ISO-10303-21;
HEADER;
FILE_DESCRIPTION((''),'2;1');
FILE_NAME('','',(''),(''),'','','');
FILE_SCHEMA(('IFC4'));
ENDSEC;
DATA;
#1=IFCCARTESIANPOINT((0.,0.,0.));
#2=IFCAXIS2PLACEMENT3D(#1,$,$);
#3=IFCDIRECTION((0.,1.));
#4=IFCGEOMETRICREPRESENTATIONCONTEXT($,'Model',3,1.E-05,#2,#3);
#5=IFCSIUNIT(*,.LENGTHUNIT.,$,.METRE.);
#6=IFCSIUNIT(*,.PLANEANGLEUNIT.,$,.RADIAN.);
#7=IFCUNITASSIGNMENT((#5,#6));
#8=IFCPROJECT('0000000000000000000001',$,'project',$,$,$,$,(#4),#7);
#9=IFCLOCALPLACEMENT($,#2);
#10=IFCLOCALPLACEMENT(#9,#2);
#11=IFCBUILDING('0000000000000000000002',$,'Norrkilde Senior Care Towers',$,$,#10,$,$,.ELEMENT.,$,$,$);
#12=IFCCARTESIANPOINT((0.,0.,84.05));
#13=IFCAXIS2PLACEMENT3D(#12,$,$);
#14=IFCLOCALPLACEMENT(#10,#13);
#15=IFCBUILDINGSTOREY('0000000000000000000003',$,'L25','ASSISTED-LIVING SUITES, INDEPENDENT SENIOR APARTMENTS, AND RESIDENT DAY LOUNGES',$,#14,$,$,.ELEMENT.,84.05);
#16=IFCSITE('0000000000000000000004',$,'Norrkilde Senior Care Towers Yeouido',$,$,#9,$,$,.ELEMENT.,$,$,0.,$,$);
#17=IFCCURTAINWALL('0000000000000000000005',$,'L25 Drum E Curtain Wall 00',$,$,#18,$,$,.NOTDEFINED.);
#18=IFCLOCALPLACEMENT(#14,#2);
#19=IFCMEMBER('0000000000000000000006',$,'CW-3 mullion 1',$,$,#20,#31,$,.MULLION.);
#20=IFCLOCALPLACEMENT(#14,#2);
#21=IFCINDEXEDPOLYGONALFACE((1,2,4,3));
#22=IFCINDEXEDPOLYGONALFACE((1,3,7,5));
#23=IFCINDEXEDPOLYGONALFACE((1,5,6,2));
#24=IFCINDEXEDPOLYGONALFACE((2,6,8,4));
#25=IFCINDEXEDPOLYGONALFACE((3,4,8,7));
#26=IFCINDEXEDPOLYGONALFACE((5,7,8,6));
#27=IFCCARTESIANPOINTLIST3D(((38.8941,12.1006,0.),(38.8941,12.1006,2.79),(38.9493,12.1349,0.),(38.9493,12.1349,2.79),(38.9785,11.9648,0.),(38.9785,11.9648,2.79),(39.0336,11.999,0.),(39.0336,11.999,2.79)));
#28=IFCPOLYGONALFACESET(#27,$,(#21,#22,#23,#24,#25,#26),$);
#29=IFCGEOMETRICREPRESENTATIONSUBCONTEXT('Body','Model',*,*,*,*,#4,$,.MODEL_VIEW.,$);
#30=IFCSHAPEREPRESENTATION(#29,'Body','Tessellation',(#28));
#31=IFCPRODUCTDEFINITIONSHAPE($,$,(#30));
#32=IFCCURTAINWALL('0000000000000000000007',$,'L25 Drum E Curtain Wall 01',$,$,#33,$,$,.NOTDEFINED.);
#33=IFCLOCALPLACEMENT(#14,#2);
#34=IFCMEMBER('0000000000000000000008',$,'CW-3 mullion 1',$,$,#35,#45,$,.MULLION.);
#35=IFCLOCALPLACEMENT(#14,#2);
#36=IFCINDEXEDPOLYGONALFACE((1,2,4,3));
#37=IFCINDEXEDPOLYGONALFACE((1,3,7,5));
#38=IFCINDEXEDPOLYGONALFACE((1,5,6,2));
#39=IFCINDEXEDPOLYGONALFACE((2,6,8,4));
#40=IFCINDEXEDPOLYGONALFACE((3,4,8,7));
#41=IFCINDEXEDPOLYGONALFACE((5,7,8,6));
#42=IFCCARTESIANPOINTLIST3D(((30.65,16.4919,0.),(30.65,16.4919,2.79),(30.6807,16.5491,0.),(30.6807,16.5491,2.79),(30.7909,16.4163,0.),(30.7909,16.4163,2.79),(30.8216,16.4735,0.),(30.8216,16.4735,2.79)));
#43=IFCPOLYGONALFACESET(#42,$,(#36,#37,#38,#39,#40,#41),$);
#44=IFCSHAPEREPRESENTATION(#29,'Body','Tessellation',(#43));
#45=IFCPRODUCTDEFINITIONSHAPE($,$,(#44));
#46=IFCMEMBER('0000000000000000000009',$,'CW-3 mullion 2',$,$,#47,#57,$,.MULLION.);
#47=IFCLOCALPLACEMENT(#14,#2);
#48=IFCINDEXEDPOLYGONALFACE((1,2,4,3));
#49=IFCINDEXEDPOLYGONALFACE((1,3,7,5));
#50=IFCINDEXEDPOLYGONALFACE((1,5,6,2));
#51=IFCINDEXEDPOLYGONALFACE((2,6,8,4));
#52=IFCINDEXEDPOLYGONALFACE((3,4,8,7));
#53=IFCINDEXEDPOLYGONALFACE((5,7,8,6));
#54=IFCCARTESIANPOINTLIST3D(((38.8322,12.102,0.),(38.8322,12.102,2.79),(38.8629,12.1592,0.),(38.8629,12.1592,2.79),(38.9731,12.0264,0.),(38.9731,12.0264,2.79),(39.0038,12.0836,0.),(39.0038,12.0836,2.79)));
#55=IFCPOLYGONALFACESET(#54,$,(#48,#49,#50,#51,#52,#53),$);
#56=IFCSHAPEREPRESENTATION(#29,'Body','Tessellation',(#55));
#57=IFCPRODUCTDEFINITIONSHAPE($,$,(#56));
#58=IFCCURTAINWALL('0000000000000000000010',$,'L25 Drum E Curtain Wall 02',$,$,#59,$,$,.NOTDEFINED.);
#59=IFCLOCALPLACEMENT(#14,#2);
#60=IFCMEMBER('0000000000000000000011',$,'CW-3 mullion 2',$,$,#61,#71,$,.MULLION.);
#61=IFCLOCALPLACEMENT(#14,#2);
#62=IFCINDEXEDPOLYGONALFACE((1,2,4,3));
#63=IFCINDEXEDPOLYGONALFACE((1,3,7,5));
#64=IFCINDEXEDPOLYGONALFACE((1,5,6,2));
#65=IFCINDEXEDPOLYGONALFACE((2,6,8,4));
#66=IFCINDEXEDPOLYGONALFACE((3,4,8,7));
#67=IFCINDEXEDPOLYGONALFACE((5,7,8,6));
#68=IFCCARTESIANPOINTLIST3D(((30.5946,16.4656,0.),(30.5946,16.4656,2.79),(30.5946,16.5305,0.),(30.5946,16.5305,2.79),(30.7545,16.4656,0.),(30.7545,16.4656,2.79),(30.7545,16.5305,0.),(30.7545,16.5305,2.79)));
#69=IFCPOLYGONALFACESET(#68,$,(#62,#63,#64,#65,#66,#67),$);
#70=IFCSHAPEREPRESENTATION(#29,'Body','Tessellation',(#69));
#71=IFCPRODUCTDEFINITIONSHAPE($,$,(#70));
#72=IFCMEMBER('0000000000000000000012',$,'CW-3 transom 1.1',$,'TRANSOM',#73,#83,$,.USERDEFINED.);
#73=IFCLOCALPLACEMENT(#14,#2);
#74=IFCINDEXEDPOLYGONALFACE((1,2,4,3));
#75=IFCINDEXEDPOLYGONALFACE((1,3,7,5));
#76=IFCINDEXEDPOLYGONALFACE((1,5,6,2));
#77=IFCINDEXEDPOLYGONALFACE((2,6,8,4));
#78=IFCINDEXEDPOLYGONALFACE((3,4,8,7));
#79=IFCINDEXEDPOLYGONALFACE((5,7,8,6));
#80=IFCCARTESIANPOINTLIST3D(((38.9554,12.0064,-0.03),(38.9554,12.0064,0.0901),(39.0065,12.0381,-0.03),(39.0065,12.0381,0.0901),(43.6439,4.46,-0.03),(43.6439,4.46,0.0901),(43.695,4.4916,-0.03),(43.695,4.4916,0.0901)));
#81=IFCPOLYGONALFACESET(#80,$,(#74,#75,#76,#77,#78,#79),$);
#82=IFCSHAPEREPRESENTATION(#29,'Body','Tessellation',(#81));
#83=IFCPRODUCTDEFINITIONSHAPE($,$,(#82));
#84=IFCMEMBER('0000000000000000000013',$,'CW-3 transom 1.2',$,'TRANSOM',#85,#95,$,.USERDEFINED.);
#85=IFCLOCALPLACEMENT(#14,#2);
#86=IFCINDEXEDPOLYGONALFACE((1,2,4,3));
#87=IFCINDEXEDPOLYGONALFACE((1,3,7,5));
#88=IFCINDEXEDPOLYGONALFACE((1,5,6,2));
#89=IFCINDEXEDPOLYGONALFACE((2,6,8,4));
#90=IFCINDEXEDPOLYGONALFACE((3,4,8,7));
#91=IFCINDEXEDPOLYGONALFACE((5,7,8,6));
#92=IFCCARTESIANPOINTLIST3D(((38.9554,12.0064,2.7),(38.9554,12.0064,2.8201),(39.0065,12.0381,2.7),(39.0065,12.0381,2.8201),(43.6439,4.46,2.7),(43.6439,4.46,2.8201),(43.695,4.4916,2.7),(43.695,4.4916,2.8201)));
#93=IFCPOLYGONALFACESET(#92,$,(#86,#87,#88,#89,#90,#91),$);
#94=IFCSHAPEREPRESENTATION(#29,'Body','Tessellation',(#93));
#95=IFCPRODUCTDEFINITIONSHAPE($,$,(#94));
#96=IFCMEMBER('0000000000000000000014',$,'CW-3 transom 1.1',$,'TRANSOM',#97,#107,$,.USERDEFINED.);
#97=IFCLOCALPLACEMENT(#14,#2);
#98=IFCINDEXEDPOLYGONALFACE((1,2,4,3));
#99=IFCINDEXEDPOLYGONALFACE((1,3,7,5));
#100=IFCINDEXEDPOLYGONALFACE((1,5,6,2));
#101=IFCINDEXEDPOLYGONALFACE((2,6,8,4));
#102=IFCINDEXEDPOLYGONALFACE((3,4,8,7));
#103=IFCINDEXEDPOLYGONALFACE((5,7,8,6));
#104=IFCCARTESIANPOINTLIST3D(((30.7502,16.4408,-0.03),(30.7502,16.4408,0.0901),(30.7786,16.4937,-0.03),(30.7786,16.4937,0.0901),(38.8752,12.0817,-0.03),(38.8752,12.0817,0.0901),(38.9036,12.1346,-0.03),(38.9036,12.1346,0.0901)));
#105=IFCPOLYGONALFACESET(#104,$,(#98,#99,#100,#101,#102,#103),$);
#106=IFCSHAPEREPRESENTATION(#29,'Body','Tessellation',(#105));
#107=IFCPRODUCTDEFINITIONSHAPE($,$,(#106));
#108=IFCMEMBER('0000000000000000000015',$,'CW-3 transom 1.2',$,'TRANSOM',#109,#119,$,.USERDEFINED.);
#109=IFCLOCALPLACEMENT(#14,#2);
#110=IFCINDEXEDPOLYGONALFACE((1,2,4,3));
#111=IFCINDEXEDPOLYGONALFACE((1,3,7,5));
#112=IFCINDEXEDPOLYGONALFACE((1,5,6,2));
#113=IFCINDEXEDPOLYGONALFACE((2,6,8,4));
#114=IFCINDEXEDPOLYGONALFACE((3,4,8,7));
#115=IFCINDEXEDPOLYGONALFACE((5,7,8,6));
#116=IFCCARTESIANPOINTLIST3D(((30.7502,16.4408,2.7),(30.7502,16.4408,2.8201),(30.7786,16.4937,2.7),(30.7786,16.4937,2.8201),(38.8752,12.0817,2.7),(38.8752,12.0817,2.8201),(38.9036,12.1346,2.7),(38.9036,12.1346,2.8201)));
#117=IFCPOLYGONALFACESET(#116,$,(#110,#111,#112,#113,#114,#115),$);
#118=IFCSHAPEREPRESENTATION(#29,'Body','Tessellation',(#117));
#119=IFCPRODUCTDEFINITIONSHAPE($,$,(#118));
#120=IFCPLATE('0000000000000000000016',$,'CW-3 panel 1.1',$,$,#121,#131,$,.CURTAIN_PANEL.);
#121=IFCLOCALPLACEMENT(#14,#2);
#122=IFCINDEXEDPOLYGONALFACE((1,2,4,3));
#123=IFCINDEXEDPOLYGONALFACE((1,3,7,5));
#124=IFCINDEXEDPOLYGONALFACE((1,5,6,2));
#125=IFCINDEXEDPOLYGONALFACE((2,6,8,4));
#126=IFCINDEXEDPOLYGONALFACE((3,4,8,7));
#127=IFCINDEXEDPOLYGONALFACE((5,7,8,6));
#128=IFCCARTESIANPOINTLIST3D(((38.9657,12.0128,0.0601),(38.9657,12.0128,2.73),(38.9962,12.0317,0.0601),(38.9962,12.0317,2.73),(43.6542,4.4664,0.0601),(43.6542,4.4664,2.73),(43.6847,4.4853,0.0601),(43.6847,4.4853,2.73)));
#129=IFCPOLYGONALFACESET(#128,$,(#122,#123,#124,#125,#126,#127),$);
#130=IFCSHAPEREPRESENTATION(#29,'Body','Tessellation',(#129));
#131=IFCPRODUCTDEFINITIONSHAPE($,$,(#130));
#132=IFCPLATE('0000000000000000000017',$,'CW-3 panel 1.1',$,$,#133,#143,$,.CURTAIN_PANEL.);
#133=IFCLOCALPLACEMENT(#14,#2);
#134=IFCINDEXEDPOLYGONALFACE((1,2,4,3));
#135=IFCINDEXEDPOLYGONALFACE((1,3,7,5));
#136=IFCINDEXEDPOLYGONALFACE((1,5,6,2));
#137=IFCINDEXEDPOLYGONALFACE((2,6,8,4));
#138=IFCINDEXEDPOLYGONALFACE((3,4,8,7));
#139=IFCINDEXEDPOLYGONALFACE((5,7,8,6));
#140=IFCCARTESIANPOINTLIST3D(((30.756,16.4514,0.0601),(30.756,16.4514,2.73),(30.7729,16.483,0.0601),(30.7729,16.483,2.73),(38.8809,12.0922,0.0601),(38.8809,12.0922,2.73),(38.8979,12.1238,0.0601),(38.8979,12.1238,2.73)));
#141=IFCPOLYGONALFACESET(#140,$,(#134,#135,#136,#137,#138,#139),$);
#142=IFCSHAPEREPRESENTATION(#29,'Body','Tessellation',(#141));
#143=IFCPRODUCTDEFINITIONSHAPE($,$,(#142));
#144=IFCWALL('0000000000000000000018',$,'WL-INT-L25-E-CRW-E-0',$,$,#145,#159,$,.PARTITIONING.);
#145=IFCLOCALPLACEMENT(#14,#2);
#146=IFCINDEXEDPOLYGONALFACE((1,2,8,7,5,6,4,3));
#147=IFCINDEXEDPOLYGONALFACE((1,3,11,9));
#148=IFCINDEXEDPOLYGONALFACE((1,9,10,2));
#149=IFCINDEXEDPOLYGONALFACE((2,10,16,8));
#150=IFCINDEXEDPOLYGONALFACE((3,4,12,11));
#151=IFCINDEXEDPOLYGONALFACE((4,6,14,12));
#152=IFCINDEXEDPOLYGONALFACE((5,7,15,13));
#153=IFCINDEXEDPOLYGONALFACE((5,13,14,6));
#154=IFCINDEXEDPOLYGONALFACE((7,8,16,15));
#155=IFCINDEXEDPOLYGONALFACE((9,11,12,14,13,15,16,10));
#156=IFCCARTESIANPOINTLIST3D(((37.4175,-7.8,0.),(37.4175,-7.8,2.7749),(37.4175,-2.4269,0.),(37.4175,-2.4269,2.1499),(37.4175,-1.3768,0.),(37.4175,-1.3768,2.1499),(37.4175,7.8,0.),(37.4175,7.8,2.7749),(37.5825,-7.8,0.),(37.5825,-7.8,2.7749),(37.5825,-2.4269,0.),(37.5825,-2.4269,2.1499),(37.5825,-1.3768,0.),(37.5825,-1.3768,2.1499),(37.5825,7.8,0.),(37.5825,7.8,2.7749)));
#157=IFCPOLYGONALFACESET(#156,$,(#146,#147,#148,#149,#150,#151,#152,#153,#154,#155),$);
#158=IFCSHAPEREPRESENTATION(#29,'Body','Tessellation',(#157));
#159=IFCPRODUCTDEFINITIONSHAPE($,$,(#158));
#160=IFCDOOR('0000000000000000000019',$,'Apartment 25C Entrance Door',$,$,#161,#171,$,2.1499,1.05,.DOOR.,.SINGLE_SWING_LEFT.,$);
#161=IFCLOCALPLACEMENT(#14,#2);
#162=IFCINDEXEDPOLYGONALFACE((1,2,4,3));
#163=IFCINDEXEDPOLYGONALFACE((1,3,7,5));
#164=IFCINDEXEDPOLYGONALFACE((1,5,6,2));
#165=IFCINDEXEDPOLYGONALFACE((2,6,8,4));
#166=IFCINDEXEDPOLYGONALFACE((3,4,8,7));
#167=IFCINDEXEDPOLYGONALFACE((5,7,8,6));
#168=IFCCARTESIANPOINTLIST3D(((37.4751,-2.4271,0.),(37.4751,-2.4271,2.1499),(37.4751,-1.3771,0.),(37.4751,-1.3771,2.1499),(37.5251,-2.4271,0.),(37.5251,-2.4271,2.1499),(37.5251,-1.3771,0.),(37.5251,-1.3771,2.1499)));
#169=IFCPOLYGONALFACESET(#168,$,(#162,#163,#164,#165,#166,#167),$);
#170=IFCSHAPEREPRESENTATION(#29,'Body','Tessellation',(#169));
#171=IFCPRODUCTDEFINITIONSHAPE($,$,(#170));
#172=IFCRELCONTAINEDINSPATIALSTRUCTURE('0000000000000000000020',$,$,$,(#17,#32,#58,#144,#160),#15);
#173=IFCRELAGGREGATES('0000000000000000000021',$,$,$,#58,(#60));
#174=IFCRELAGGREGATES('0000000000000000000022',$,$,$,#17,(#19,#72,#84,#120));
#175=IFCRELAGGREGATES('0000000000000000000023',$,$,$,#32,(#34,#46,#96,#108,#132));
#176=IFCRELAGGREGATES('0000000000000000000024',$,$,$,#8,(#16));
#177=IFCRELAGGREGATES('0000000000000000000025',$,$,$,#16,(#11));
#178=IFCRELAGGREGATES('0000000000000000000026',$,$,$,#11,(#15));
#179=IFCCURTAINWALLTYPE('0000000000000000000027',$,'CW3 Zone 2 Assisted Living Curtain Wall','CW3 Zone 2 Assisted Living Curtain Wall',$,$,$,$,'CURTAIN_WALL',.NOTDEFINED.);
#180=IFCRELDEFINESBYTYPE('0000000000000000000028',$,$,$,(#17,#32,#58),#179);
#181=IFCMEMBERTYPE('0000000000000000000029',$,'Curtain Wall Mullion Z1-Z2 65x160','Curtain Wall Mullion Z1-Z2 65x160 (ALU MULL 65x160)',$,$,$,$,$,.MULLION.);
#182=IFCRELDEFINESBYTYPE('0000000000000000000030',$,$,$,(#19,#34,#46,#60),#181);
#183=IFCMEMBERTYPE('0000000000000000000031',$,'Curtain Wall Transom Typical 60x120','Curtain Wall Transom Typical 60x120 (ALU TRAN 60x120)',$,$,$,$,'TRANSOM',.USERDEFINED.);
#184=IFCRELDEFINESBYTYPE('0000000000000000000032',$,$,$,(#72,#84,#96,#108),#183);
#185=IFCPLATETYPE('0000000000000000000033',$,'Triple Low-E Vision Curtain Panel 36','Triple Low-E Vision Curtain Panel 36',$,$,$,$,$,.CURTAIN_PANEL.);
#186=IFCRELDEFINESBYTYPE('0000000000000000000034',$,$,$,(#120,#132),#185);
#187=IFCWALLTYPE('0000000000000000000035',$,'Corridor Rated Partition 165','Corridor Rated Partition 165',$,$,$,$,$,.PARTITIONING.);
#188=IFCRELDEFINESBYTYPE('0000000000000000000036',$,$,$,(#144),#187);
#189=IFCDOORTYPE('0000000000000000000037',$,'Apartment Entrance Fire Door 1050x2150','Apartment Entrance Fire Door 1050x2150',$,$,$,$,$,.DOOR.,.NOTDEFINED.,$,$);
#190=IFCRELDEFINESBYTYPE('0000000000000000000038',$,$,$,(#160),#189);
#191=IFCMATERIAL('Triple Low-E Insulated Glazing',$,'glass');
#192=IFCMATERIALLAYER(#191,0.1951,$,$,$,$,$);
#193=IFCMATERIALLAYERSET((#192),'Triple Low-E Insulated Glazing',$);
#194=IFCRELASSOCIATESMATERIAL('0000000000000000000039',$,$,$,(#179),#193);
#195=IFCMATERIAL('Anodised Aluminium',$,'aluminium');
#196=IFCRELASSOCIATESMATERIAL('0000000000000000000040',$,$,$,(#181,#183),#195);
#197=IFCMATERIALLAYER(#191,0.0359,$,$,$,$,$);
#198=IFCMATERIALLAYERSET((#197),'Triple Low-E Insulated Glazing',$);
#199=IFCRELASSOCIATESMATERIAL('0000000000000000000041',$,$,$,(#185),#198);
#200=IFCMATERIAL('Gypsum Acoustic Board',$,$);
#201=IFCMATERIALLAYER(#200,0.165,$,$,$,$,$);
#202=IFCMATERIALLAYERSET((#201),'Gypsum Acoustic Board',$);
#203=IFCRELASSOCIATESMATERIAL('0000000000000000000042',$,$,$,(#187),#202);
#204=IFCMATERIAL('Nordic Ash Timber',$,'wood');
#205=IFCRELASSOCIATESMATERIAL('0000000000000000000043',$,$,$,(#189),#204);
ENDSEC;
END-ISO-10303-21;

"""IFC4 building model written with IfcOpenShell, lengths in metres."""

from ifc_helpers import new_model, si_unit, direction, frame, frame_2d, origin, origin_2d, place, context, subcontext, project, spatial, rectangle, extrude, source, transform, mapped, material, layer, layer_set, material_profile, profile_set, type_object, type_shapes, element, fill, aggregate, save


model = new_model("IFC4")

# Units and contexts
model_context = context("Model", 3, precision=1e-05, world=origin(), true_north=direction((0.0, 1.0)))
body_context = subcontext(model_context, "Body", "Model", "MODEL_VIEW")
ifc_project = project(units=[si_unit("LENGTHUNIT", "METRE"), si_unit("PLANEANGLEUNIT", "RADIAN")], contexts=[model_context])

# Site, building, storey
site_placement = place(None, origin())
site = spatial("IfcSite", under=ifc_project, at=site_placement, Name="Norrkilde Senior Care Towers Yeouido", CompositionType="ELEMENT", RefElevation=0.0)
building_placement = place(site_placement, origin())
building = spatial("IfcBuilding", under=site, at=building_placement, Name="Norrkilde Senior Care Towers", CompositionType="ELEMENT")
storey_placement = place(building_placement, frame((0.0, 0.0, 84.05)))
storey = spatial("IfcBuildingStorey", under=building, at=storey_placement, Name="L25", Description="ASSISTED-LIVING SUITES, INDEPENDENT SENIOR APARTMENTS, AND RESIDENT DAY LOUNGES", CompositionType="ELEMENT", Elevation=84.05)

# Curtain wall, member
ifc_material_1 = material(Name="Triple Low-E Insulated Glazing", Category="glass")
ifc_layer_1 = layer(ifc_material_1, 0.1951)
ifc_layer_set_1 = layer_set([ifc_layer_1], Name="Triple Low-E Insulated Glazing")
curtain_wall_type = type_object("IfcCurtainWallType", Name="CW3 Zone 2 Assisted Living Curtain Wall", Description="CW3 Zone 2 Assisted Living Curtain Wall", ElementType="CURTAIN_WALL", PredefinedType="NOTDEFINED", material=ifc_layer_set_1)
curtain_wall_1_placement = place(storey_placement, origin())
curtain_wall_1 = element("IfcCurtainWall", 1, at=curtain_wall_1_placement, inside=storey, type_object=curtain_wall_type, Name="L25 Drum E Curtain Wall 00", PredefinedType="NOTDEFINED")
ifc_material_2 = material(Name="Anodised Aluminium", Category="aluminium")
ifc_material_profile_1 = material_profile(ifc_material_2, rectangle(XDim=0.0649, YDim=0.1599, at=origin_2d()), Name="ALU MULL 65x160")
ifc_profile_set_1 = profile_set([ifc_material_profile_1], Name="Anodised Aluminium")
member_type_1 = type_object("IfcMemberType", Name="Curtain Wall Mullion Z1-Z2 65x160", Description="Curtain Wall Mullion Z1-Z2 65x160 (ALU MULL 65x160)", PredefinedType="MULLION", material=ifc_profile_set_1)
shared_shape_1 = source(origin(), body_context, "Body", "SweptSolid", [
    extrude(rectangle(XDim=0.0649, YDim=0.1599, at=origin_2d()), origin(), (0.0, 0.0, 1.0), 2.79),
])
type_shapes(member_type_1, [shared_shape_1])
member_1_placement = place(storey_placement, frame((38.9639, 12.0498, 0.0), z_axis=(0.0, 0.0, 1.0), x_axis=(0.84941, 0.527733, 0.0)))
member_1 = element("IfcMember", 2, at=member_1_placement, type_object=member_type_1, Name="CW-3 mullion 1", PredefinedType="MULLION", context=body_context, shape_type="MappedRepresentation", body=[
    mapped(shared_shape_1, transform((0.0, 0.0, 0.0), x_axis=(1.0, 0.0, 0.0), y_axis=(0.0, 1.0, 0.0), z_axis=(0.0, 0.0, 1.0), scale=1.0)),
])

# Curtain wall, members
curtain_wall_2_placement = place(storey_placement, origin())
curtain_wall_2 = element("IfcCurtainWall", 3, at=curtain_wall_2_placement, inside=storey, type_object=curtain_wall_type, Name="L25 Drum E Curtain Wall 01", PredefinedType="NOTDEFINED")
member_2_placement = place(storey_placement, frame((30.7358, 16.4827, 0.0), z_axis=(0.0, 0.0, 1.0), x_axis=(0.472769, 0.881186, 0.0)))
member_2 = element("IfcMember", 4, at=member_2_placement, type_object=member_type_1, Name="CW-3 mullion 1", PredefinedType="MULLION", context=body_context, shape_type="MappedRepresentation", body=[
    mapped(shared_shape_1, transform((0.0, 0.0, 0.0), x_axis=(1.0, 0.0, 0.0), y_axis=(0.0, 1.0, 0.0), z_axis=(0.0, 0.0, 1.0), scale=1.0)),
])
member_3_placement = place(storey_placement, frame((38.918, 12.0928, 0.0), z_axis=(0.0, 0.0, 1.0), x_axis=(0.472769, 0.881186, 0.0)))
member_3 = element("IfcMember", 5, at=member_3_placement, type_object=member_type_1, Name="CW-3 mullion 2", PredefinedType="MULLION", context=body_context, shape_type="MappedRepresentation", body=[
    mapped(shared_shape_1, transform((0.0, 0.0, 0.0), x_axis=(1.0, 0.0, 0.0), y_axis=(0.0, 1.0, 0.0), z_axis=(0.0, 0.0, 1.0), scale=1.0)),
])

# Curtain wall, member
curtain_wall_3_placement = place(storey_placement, origin())
curtain_wall_3 = element("IfcCurtainWall", 6, at=curtain_wall_3_placement, inside=storey, type_object=curtain_wall_type, Name="L25 Drum E Curtain Wall 02", PredefinedType="NOTDEFINED")
member_4_placement = place(storey_placement, frame((30.6746, 16.498, 0.0), z_axis=(0.0, 0.0, 1.0), x_axis=(0.0, 1.0, 0.0)))
member_4 = element("IfcMember", 7, at=member_4_placement, type_object=member_type_1, Name="CW-3 mullion 2", PredefinedType="MULLION", context=body_context, shape_type="MappedRepresentation", body=[
    mapped(shared_shape_1, transform((0.0, 0.0, 0.0), x_axis=(1.0, 0.0, 0.0), y_axis=(0.0, 1.0, 0.0), z_axis=(0.0, 0.0, 1.0), scale=1.0)),
])
aggregate(curtain_wall_3, [member_4])

# Members
ifc_material_profile_2 = material_profile(ifc_material_2, rectangle(XDim=0.0601, YDim=0.1201, at=origin_2d()), Name="ALU TRAN 60x120")
ifc_profile_set_2 = profile_set([ifc_material_profile_2], Name="Anodised Aluminium")
member_type_2 = type_object("IfcMemberType", Name="Curtain Wall Transom Typical 60x120", Description="Curtain Wall Transom Typical 60x120 (ALU TRAN 60x120)", ElementType="TRANSOM", PredefinedType="USERDEFINED", material=ifc_profile_set_2)
shared_shape_2 = source(origin(), body_context, "Body", "SweptSolid", [
    extrude(rectangle(XDim=0.0601, YDim=0.1201, at=origin_2d()), origin(), (0.0, 0.0, 1.0), 8.8843),
])
member_5_placement = place(storey_placement, frame((38.981, 12.0222, 0.03), z_axis=(0.527729, -0.849413, 0.0), x_axis=(0.849413, 0.527729, 0.0)))
member_5 = element("IfcMember", 8, at=member_5_placement, type_object=member_type_2, Name="CW-3 transom 1.1", ObjectType="TRANSOM", PredefinedType="USERDEFINED", context=body_context, shape_type="MappedRepresentation", body=[
    mapped(shared_shape_2, transform((0.0, 0.0, 0.0), x_axis=(1.0, 0.0, 0.0), y_axis=(0.0, 1.0, 0.0), z_axis=(0.0, 0.0, 1.0), scale=1.0)),
])
member_6_placement = place(storey_placement, frame((38.981, 12.0222, 2.76), z_axis=(0.527729, -0.849413, 0.0), x_axis=(0.849413, 0.527729, 0.0)))
member_6 = element("IfcMember", 9, at=member_6_placement, type_object=member_type_2, Name="CW-3 transom 1.2", ObjectType="TRANSOM", PredefinedType="USERDEFINED", context=body_context, shape_type="MappedRepresentation", body=[
    mapped(shared_shape_2, transform((0.0, 0.0, 0.0), x_axis=(1.0, 0.0, 0.0), y_axis=(0.0, 1.0, 0.0), z_axis=(0.0, 0.0, 1.0), scale=1.0)),
])
shared_shape_3 = source(origin(), body_context, "Body", "SweptSolid", [
    extrude(rectangle(XDim=0.0601, YDim=0.1201, at=origin_2d()), origin(), (0.0, 0.0, 1.0), 9.2205),
])
type_shapes(member_type_2, [shared_shape_2, shared_shape_3])
member_7_placement = place(storey_placement, frame((30.7644, 16.4673, 0.03), z_axis=(0.881189, -0.472765, 0.0), x_axis=(0.472765, 0.881189, 0.0)))
member_7 = element("IfcMember", 10, at=member_7_placement, type_object=member_type_2, Name="CW-3 transom 1.1", ObjectType="TRANSOM", PredefinedType="USERDEFINED", context=body_context, shape_type="MappedRepresentation", body=[
    mapped(shared_shape_3, transform((0.0, 0.0, 0.0), x_axis=(1.0, 0.0, 0.0), y_axis=(0.0, 1.0, 0.0), z_axis=(0.0, 0.0, 1.0), scale=1.0)),
])
member_8_placement = place(storey_placement, frame((30.7644, 16.4673, 2.76), z_axis=(0.881189, -0.472765, 0.0), x_axis=(0.472765, 0.881189, 0.0)))
member_8 = element("IfcMember", 11, at=member_8_placement, type_object=member_type_2, Name="CW-3 transom 1.2", ObjectType="TRANSOM", PredefinedType="USERDEFINED", context=body_context, shape_type="MappedRepresentation", body=[
    mapped(shared_shape_3, transform((0.0, 0.0, 0.0), x_axis=(1.0, 0.0, 0.0), y_axis=(0.0, 1.0, 0.0), z_axis=(0.0, 0.0, 1.0), scale=1.0)),
])

# Plates
ifc_layer_2 = layer(ifc_material_1, 0.0359)
ifc_layer_set_2 = layer_set([ifc_layer_2], Name="Triple Low-E Insulated Glazing")
plate_type = type_object("IfcPlateType", Name="Triple Low-E Vision Curtain Panel 36", Description="Triple Low-E Vision Curtain Panel 36", PredefinedType="CURTAIN_PANEL", material=ifc_layer_set_2)
shared_shape_4 = source(origin(), body_context, "Body", "SweptSolid", [
    extrude(rectangle(XDim=8.8843, YDim=0.0359, at=origin_2d()), origin(), (0.0, 0.0, 1.0), 2.6699),
])
plate_1_placement = place(storey_placement, frame((41.3252, 8.249, 0.0601), z_axis=(0.0, 0.0, 1.0), x_axis=(0.527733, -0.84941, 0.0)))
plate_1 = element("IfcPlate", 12, at=plate_1_placement, type_object=plate_type, Name="CW-3 panel 1.1", PredefinedType="CURTAIN_PANEL", context=body_context, shape_type="MappedRepresentation", body=[
    mapped(shared_shape_4, transform((0.0, 0.0, 0.0), x_axis=(1.0, 0.0, 0.0), y_axis=(0.0, 1.0, 0.0), z_axis=(0.0, 0.0, 1.0), scale=1.0)),
])
aggregate(curtain_wall_1, [member_1, member_5, member_6, plate_1])
shared_shape_5 = source(origin(), body_context, "Body", "SweptSolid", [
    extrude(rectangle(XDim=9.2205, YDim=0.0359, at=origin_2d()), origin(), (0.0, 0.0, 1.0), 2.6699),
])
type_shapes(plate_type, [shared_shape_4, shared_shape_5])
plate_2_placement = place(storey_placement, frame((34.8269, 14.2876, 0.0601), z_axis=(0.0, 0.0, 1.0), x_axis=(0.881186, -0.472769, 0.0)))
plate_2 = element("IfcPlate", 13, at=plate_2_placement, type_object=plate_type, Name="CW-3 panel 1.1", PredefinedType="CURTAIN_PANEL", context=body_context, shape_type="MappedRepresentation", body=[
    mapped(shared_shape_5, transform((0.0, 0.0, 0.0), x_axis=(1.0, 0.0, 0.0), y_axis=(0.0, 1.0, 0.0), z_axis=(0.0, 0.0, 1.0), scale=1.0)),
])
aggregate(curtain_wall_2, [member_2, member_3, member_7, member_8, plate_2])

# Wall, opening, door
ifc_material_3 = material(Name="Gypsum Acoustic Board")
ifc_layer_3 = layer(ifc_material_3, 0.165)
ifc_layer_set_3 = layer_set([ifc_layer_3], Name="Gypsum Acoustic Board")
wall_type_1 = type_object("IfcWallType", Name="Corridor Rated Partition 165", Description="Corridor Rated Partition 165", PredefinedType="PARTITIONING", material=ifc_layer_set_3)
shared_shape_6 = source(origin(), body_context, "Body", "SweptSolid", [
    extrude(rectangle(XDim=15.6001, YDim=0.165, at=frame_2d((7.8, 0.0))), origin(), (0.0, 0.0, 1.0), 2.7749),
])
wall_1_placement = place(storey_placement, frame((37.5, 7.8, 0.0), z_axis=(0.0, 0.0, 1.0), x_axis=(0.0, -1.0, 0.0)))
wall_1 = element("IfcWall", 14, at=wall_1_placement, inside=storey, type_object=wall_type_1, Name="WL-INT-L25-E-CRW-E-0", PredefinedType="PARTITIONING", context=body_context, shape_type="MappedRepresentation", body=[
    mapped(shared_shape_6, transform((0.0, 0.0, 0.0), x_axis=(1.0, 0.0, 0.0), y_axis=(0.0, 1.0, 0.0), z_axis=(0.0, 0.0, 1.0), scale=1.0)),
])
opening_1_placement = place(wall_1_placement, frame((9.177, 0.0, 0.0)))
opening_1 = element("IfcOpeningElement", 15, at=opening_1_placement, cuts=wall_1, PredefinedType="OPENING", context=body_context, shape_type="SweptSolid", body=[
    extrude(rectangle(XDim=1.05, YDim=2.1499, at=frame_2d((0.5249, 1.075))), frame((0.0, 0.0925, 0.0), z_axis=(0.0, -1.0, 0.0), x_axis=(1.0, 0.0, 0.0)), (0.0, 0.0, 1.0), 0.1851),
])
ifc_material_4 = material(Name="Nordic Ash Timber", Category="wood")
door_type_1 = type_object("IfcDoorType", Name="Apartment Entrance Fire Door 1050x2150", Description="Apartment Entrance Fire Door 1050x2150", OperationType="NOTDEFINED", PredefinedType="DOOR", material=ifc_material_4)
shared_shape_7 = source(origin(), body_context, "Body", "SweptSolid", [
    extrude(rectangle(XDim=1.05, YDim=2.1499, at=frame_2d((0.5249, 1.075))), frame((0.0, 0.0249, 0.0), z_axis=(0.0, -1.0, 0.0), x_axis=(1.0, 0.0, 0.0)), (0.0, 0.0, 1.0), 0.05),
])
type_shapes(door_type_1, [shared_shape_7])
door_1_placement = place(opening_1_placement, frame((1.05, 0.0, 0.0), z_axis=(0.0, 0.0, 1.0), x_axis=(-1.0, 0.0, 0.0)))
door_1 = element("IfcDoor", 16, at=door_1_placement, inside=storey, type_object=door_type_1, Name="Apartment 25C Entrance Door", OperationType="SINGLE_SWING_LEFT", OverallHeight=2.1499, OverallWidth=1.05, PredefinedType="DOOR", context=body_context, shape_type="MappedRepresentation", body=[
    mapped(shared_shape_7, transform((0.0, 0.0, 0.0), x_axis=(1.0, 0.0, 0.0), y_axis=(0.0, 1.0, 0.0), z_axis=(0.0, 0.0, 1.0), scale=1.0)),
])
fill(opening_1, door_1)

save(model, "model.ifc")
